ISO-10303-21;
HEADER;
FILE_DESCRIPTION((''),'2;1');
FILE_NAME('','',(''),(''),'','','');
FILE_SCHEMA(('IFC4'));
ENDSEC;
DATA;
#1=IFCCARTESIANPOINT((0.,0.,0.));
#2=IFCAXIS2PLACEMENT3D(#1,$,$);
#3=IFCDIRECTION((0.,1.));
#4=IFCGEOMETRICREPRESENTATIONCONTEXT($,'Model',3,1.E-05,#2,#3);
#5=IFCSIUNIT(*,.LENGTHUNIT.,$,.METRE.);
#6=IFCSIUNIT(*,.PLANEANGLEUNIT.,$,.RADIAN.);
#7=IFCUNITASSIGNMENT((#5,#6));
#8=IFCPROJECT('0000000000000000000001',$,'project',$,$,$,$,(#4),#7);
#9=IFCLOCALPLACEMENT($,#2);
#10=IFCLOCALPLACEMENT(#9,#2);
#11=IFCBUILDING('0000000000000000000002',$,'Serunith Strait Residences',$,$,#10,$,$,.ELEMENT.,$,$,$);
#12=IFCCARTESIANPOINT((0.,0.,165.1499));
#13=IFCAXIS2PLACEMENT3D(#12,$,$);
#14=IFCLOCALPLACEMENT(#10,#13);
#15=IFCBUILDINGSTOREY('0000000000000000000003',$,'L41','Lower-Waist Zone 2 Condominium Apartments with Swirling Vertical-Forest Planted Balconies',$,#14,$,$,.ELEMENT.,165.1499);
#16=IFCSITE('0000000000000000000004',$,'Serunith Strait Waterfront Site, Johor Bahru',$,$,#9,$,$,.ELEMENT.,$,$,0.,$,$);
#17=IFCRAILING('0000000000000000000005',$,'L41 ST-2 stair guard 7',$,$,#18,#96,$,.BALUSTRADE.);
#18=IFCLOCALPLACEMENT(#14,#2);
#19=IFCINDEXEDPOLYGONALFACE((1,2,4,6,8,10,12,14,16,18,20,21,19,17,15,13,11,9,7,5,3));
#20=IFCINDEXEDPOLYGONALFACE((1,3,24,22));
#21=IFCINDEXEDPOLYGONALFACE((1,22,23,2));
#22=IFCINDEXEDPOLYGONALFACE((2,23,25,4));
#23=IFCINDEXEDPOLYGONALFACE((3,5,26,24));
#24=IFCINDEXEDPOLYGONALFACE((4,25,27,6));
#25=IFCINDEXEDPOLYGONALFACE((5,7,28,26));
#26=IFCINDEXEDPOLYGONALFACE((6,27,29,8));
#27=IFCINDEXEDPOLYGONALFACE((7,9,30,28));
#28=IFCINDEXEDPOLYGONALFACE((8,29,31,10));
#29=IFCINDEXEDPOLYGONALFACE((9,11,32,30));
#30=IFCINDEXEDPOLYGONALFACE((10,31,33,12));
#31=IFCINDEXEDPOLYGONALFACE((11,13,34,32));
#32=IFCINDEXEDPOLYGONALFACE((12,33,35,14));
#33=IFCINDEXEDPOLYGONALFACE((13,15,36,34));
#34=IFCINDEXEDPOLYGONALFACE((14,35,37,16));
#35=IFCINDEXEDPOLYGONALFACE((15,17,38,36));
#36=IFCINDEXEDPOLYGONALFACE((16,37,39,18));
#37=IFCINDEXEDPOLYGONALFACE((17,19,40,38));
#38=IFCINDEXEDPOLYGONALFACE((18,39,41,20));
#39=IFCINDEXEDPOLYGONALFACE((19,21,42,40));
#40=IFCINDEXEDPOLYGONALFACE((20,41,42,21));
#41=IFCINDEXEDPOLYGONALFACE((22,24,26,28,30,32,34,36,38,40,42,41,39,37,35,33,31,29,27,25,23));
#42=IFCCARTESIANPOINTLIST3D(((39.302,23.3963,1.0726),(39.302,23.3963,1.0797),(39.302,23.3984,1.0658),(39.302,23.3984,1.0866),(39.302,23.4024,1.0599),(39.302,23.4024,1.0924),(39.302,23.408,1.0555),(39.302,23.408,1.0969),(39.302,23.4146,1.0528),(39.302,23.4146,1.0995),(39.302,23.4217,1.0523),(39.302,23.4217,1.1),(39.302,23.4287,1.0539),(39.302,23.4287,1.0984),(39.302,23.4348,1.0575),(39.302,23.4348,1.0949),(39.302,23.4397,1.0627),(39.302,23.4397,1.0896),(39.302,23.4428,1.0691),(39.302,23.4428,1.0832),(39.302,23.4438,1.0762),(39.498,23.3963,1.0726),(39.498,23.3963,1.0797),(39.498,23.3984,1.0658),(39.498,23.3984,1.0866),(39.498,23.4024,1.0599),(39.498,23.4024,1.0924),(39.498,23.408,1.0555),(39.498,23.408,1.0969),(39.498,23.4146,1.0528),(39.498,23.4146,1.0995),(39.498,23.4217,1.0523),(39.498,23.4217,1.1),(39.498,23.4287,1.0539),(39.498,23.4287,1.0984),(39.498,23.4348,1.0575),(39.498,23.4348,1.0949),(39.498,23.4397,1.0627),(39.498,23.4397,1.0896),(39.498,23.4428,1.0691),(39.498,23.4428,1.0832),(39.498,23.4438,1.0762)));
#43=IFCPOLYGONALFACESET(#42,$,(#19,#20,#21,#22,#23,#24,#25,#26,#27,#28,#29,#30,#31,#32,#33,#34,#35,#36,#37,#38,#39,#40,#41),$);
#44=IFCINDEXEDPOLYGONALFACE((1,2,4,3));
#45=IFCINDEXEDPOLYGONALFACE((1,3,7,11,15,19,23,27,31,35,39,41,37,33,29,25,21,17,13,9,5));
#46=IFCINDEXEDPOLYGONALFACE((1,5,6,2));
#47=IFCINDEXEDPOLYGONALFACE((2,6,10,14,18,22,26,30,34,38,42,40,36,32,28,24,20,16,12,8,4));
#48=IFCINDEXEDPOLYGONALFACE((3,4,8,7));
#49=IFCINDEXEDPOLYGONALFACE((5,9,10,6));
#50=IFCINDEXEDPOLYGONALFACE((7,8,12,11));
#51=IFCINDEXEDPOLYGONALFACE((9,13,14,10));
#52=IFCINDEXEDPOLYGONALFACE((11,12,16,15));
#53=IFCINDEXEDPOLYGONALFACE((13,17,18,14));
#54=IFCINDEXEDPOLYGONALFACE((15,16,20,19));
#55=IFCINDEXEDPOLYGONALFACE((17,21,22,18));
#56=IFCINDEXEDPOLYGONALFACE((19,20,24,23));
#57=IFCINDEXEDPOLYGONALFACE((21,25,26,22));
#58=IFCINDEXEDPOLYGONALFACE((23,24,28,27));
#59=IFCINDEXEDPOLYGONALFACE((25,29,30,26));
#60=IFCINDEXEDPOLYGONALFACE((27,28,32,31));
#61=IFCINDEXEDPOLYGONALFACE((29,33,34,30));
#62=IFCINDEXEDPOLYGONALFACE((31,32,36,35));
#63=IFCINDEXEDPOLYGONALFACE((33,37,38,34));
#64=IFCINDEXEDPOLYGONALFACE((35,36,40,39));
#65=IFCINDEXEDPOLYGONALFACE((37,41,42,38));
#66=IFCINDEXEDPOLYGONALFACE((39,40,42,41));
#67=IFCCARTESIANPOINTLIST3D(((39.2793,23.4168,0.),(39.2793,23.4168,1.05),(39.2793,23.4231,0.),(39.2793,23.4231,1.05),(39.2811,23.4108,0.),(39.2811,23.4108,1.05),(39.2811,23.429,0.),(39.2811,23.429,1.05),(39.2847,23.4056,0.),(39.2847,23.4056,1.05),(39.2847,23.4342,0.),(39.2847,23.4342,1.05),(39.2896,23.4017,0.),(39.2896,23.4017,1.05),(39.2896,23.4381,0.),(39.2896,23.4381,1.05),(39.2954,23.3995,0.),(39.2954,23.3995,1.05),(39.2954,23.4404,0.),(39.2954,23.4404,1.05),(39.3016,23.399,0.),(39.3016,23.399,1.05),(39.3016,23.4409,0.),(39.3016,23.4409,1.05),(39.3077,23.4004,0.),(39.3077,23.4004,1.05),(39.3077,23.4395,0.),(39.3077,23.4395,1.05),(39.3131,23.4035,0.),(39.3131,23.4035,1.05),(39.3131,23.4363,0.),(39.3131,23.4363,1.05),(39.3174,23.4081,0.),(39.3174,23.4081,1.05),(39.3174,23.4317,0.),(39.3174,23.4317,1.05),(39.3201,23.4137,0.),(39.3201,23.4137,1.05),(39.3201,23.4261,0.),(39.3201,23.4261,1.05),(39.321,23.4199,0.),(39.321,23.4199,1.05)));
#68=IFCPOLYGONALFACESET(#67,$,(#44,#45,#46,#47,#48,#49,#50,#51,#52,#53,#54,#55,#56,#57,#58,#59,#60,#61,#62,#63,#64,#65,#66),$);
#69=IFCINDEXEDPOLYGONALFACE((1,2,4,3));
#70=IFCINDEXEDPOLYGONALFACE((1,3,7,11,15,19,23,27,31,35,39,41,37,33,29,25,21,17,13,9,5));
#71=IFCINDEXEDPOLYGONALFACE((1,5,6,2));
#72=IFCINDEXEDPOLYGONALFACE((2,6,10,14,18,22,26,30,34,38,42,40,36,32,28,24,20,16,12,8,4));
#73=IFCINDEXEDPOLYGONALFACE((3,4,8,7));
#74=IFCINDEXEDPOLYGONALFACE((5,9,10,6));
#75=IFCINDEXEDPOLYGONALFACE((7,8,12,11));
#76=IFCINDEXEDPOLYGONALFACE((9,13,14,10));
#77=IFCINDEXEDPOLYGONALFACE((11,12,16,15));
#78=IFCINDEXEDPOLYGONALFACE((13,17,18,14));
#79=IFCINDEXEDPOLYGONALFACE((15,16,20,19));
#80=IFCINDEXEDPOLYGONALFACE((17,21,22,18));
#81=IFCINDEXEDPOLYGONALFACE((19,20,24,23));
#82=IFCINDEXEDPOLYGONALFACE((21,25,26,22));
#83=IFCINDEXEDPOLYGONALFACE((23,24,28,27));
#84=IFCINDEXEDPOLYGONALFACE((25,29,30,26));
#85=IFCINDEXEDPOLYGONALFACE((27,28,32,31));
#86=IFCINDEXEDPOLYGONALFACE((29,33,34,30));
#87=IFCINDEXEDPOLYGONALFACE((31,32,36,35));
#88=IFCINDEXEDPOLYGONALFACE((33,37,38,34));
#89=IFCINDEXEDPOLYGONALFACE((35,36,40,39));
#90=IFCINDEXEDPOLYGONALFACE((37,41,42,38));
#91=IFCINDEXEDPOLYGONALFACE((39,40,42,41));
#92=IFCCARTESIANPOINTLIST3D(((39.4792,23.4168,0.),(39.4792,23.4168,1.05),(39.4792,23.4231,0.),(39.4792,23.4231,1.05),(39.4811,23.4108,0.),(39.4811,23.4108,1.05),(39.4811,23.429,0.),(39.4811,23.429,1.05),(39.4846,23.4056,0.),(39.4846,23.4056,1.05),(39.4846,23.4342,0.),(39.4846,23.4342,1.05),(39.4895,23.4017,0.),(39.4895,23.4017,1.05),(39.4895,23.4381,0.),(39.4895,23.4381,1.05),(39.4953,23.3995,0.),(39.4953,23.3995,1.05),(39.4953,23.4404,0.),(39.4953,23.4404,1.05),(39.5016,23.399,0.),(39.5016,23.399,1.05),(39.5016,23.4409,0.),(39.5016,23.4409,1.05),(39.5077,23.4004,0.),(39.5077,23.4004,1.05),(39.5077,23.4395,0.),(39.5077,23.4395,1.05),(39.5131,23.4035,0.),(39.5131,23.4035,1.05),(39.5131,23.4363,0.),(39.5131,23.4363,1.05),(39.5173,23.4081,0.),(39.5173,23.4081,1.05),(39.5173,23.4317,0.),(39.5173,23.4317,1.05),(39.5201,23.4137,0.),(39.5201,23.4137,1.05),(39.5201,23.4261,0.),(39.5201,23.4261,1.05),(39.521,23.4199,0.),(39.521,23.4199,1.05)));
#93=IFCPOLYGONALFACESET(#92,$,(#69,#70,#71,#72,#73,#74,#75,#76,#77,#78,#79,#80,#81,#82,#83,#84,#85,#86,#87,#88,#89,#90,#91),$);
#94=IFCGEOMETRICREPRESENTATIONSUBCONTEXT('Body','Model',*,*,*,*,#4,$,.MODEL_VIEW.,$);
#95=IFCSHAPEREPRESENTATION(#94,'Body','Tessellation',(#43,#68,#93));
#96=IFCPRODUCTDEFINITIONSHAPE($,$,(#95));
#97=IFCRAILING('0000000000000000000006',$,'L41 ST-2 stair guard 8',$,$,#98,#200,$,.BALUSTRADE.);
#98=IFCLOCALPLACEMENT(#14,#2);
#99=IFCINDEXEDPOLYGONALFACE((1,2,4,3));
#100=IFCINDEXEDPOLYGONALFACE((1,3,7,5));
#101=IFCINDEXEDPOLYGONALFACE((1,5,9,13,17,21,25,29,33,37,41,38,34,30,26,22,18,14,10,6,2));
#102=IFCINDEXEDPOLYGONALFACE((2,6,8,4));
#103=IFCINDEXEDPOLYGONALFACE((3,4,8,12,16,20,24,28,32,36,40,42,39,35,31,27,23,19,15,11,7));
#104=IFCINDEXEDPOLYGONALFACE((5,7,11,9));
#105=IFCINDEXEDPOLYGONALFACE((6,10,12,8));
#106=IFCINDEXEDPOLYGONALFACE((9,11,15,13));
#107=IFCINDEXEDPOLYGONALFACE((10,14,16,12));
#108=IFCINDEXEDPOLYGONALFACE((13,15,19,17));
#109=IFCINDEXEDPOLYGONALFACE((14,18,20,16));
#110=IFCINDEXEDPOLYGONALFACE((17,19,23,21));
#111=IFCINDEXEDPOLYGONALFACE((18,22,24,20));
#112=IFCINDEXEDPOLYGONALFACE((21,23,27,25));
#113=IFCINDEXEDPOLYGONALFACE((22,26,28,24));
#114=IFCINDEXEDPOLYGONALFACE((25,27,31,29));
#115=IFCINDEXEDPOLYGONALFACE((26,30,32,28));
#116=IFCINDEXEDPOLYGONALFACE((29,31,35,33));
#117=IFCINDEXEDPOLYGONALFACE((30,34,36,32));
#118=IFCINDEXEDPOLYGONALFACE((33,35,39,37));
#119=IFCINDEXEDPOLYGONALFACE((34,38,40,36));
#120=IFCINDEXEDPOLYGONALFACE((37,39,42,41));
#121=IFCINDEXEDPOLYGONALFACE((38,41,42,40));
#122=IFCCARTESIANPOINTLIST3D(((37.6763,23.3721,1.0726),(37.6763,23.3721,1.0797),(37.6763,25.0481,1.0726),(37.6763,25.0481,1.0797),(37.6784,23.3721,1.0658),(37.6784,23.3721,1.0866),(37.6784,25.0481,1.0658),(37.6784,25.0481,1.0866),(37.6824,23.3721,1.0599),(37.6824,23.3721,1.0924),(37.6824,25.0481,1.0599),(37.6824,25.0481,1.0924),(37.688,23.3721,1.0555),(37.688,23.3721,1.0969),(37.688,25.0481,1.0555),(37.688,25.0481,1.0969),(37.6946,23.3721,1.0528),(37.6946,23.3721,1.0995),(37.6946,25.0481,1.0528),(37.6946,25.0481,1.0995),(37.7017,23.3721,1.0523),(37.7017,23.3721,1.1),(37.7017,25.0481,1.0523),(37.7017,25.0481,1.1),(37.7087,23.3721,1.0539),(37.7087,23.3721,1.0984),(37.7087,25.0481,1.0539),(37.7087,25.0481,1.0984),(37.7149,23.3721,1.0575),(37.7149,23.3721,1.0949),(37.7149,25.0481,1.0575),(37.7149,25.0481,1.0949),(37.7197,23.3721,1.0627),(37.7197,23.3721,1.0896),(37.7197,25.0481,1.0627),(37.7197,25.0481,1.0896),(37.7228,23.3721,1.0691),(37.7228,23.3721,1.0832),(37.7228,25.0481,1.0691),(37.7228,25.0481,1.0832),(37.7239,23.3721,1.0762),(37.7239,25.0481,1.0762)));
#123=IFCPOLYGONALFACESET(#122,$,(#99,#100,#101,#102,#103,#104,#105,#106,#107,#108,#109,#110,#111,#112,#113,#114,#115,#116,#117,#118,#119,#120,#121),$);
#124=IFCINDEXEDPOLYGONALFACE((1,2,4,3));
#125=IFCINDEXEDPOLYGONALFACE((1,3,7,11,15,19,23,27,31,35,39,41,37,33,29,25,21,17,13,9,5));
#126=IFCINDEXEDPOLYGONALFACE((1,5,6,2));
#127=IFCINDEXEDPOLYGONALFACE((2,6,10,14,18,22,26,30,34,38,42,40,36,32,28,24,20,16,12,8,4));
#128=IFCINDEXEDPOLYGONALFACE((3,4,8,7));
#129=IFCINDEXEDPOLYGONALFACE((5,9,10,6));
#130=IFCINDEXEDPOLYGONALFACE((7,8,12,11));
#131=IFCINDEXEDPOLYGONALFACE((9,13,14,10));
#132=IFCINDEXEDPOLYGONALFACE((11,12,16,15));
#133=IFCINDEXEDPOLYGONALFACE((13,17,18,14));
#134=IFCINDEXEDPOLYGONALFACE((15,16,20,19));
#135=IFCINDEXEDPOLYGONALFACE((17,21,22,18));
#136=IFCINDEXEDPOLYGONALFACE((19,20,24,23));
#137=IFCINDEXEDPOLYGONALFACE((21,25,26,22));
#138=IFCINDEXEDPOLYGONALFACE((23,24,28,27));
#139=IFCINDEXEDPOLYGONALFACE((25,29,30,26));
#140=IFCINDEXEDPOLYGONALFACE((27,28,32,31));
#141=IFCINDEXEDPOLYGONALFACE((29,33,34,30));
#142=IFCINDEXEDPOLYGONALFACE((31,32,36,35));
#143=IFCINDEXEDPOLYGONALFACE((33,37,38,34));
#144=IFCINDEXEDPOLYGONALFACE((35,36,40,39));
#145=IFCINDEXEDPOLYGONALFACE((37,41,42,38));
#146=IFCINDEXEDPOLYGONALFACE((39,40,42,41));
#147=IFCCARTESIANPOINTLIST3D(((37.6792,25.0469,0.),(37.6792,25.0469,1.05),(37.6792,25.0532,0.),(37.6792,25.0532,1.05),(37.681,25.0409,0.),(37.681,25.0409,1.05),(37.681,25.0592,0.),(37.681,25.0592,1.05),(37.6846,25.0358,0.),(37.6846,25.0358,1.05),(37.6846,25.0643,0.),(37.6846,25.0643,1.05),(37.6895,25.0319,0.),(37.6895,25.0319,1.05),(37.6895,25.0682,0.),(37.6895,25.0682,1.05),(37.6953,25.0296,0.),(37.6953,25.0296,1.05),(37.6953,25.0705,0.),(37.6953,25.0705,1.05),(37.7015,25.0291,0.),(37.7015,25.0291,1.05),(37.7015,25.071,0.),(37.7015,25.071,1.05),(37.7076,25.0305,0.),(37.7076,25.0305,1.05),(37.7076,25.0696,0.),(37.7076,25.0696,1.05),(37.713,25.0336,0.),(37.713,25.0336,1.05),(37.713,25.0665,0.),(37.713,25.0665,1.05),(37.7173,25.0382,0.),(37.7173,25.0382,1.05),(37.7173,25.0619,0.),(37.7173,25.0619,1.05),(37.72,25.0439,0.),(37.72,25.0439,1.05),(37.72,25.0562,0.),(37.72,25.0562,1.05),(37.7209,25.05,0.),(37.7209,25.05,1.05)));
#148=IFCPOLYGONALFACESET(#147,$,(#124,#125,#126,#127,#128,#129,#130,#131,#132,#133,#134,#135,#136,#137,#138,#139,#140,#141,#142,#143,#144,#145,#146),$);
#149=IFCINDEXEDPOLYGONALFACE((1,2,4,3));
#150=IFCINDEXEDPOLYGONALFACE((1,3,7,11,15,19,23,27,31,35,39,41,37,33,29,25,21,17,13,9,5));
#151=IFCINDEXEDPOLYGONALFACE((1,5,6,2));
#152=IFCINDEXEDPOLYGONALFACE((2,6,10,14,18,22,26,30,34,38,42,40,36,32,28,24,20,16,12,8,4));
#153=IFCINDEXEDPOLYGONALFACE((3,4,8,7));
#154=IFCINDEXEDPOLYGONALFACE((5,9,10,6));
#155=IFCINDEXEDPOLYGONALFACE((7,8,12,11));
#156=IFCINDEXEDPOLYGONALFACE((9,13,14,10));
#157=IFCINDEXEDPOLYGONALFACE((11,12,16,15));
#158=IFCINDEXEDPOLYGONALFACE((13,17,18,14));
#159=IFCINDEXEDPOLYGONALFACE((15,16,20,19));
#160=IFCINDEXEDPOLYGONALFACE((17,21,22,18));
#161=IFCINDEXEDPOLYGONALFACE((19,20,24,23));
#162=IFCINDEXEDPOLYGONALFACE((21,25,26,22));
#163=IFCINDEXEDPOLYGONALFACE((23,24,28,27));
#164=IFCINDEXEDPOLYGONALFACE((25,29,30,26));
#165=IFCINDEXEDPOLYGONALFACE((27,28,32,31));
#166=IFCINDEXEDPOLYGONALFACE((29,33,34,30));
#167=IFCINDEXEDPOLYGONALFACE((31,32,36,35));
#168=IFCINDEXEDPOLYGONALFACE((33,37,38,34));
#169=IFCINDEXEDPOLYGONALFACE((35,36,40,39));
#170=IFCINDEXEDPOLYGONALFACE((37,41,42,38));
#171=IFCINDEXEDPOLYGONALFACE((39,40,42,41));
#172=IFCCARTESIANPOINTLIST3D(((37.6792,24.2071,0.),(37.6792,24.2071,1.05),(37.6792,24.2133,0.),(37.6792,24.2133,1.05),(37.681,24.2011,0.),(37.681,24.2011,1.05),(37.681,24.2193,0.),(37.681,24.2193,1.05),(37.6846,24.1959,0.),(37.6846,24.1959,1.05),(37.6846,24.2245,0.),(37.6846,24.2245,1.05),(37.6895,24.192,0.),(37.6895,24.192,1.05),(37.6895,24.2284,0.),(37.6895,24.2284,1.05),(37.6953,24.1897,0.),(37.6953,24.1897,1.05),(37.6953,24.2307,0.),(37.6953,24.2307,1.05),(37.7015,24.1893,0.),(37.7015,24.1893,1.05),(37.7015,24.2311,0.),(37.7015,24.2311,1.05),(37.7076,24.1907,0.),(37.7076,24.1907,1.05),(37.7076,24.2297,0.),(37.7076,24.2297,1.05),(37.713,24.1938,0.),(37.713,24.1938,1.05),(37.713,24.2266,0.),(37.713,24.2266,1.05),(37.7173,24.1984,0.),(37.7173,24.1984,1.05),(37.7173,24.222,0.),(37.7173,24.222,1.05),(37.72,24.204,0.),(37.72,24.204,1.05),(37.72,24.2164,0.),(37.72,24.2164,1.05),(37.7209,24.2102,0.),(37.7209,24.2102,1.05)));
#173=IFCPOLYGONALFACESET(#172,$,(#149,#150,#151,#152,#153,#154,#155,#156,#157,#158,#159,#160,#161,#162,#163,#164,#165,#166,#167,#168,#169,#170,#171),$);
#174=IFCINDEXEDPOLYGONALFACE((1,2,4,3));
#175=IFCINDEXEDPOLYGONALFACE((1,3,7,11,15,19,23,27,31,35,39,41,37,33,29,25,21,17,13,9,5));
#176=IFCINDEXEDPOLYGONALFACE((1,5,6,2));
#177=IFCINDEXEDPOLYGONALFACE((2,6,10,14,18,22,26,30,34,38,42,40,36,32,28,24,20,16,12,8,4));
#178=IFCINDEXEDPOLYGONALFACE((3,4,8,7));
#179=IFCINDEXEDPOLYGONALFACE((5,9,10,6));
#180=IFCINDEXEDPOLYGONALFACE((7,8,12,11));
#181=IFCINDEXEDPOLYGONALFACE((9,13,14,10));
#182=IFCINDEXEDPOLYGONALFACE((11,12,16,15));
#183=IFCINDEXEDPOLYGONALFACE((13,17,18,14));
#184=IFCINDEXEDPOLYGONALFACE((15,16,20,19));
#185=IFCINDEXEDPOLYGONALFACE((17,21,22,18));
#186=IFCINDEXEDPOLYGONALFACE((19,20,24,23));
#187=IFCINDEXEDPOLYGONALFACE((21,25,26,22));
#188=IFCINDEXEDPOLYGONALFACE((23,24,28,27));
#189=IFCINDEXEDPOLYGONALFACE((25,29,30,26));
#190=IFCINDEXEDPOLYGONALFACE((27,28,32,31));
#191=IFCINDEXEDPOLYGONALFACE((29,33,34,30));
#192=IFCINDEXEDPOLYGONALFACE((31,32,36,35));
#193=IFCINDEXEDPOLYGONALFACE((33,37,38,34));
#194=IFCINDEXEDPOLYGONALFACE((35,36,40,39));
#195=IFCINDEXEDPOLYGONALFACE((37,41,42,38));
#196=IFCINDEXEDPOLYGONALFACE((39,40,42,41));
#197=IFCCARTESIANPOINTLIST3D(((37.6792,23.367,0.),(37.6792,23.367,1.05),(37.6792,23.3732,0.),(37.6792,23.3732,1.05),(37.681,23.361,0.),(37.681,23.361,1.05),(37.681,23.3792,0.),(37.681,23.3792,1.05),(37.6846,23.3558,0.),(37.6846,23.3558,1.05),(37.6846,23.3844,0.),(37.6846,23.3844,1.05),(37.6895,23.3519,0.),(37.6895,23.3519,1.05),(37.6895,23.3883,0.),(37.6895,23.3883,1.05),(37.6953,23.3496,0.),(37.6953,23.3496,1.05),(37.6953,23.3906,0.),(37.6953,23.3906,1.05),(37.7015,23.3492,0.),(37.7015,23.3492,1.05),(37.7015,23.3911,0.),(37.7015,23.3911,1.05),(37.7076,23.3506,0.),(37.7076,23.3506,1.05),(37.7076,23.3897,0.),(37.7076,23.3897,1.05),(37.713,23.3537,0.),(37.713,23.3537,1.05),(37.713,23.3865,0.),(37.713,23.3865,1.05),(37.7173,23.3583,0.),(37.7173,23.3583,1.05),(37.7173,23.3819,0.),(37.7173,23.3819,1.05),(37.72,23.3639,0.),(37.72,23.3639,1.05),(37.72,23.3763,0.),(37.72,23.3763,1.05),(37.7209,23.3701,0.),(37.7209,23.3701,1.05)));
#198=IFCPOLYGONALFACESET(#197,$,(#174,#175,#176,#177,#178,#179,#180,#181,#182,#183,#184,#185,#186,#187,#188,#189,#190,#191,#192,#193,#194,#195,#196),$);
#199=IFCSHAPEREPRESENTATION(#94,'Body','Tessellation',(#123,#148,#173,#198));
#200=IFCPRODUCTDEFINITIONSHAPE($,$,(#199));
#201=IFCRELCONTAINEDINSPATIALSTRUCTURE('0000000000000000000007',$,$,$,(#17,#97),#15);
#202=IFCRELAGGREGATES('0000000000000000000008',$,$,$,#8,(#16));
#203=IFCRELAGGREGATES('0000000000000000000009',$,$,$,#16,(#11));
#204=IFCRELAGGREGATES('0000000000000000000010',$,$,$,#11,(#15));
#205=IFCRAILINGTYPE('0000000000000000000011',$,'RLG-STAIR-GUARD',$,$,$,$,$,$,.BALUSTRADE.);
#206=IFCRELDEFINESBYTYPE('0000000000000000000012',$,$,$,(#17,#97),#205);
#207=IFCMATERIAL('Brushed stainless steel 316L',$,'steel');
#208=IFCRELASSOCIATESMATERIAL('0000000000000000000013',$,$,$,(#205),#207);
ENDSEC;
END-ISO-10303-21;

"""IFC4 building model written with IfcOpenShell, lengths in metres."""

from ifc_helpers import new_model, si_unit, direction, frame, origin, origin_2d, place, context, subcontext, project, spatial, circle, extrude, material, type_object, element, save


model = new_model("IFC4")

# Units and contexts
model_context = context("Model", 3, precision=1e-05, world=origin(), true_north=direction((0.0, 1.0)))
body_context = subcontext(model_context, "Body", "Model", "MODEL_VIEW")
ifc_project = project(units=[si_unit("LENGTHUNIT", "METRE"), si_unit("PLANEANGLEUNIT", "RADIAN")], contexts=[model_context])

# Site, building, storey
site_placement = place(None, origin())
site = spatial("IfcSite", under=ifc_project, at=site_placement, Name="Serunith Strait Waterfront Site, Johor Bahru", CompositionType="ELEMENT", RefElevation=0.0)
building_placement = place(site_placement, origin())
building = spatial("IfcBuilding", under=site, at=building_placement, Name="Serunith Strait Residences", CompositionType="ELEMENT")
storey_placement = place(building_placement, frame((0.0, 0.0, 165.1499)))
storey = spatial("IfcBuildingStorey", under=building, at=storey_placement, Name="L41", Description="Lower-Waist Zone 2 Condominium Apartments with Swirling Vertical-Forest Planted Balconies", CompositionType="ELEMENT", Elevation=165.1499)

# Railings
ifc_material_1 = material(Name="Brushed stainless steel 316L", Category="steel")
railing_type = type_object("IfcRailingType", Name="RLG-STAIR-GUARD", PredefinedType="BALUSTRADE", material=ifc_material_1)
railing_1_placement = place(storey_placement, frame((39.3, 23.4199, 0.0)))
element("IfcRailing", 1, at=railing_1_placement, inside=storey, type_object=railing_type, Name="L41 ST-2 stair guard 7", PredefinedType="BALUSTRADE", context=body_context, shape_type="SweptSolid", body=[
    extrude(circle(Radius=0.0239, at=origin_2d()), frame((0.002, 0.0, 1.0762), z_axis=(1.0, 0.0, 0.0), x_axis=(0.0, 1.0, 0.0)), (0.0, 0.0, 1.0), 0.196),
    extrude(circle(Radius=0.021, at=origin_2d()), origin(), (0.0, 0.0, 1.0), 1.05),
    extrude(circle(Radius=0.021, at=origin_2d()), frame((0.2, 0.0, 0.0)), (0.0, 0.0, 1.0), 1.05),
])
for number, where, name in (
    (2, (37.7, 25.05, 0.0), "L41 ST-2 stair guard 8"),
):
    element("IfcRailing", number, at=place(storey_placement, frame(where)), inside=storey, type_object=railing_type, Name=name, PredefinedType="BALUSTRADE", context=body_context, shape_type="SweptSolid", body=[
        extrude(circle(Radius=0.0239, at=origin_2d()), frame((0.0, -0.002, 1.0762), z_axis=(0.0, -1.0, 0.0), x_axis=(1.0, 0.0, 0.0)), (0.0, 0.0, 1.0), 1.676),
        extrude(circle(Radius=0.021, at=origin_2d()), origin(), (0.0, 0.0, 1.0), 1.05),
        extrude(circle(Radius=0.021, at=origin_2d()), frame((0.0, -0.8398, 0.0)), (0.0, 0.0, 1.0), 1.05),
        extrude(circle(Radius=0.021, at=origin_2d()), frame((0.0, -1.6799, 0.0)), (0.0, 0.0, 1.0), 1.05),
    ])

save(model, "model.ifc")
